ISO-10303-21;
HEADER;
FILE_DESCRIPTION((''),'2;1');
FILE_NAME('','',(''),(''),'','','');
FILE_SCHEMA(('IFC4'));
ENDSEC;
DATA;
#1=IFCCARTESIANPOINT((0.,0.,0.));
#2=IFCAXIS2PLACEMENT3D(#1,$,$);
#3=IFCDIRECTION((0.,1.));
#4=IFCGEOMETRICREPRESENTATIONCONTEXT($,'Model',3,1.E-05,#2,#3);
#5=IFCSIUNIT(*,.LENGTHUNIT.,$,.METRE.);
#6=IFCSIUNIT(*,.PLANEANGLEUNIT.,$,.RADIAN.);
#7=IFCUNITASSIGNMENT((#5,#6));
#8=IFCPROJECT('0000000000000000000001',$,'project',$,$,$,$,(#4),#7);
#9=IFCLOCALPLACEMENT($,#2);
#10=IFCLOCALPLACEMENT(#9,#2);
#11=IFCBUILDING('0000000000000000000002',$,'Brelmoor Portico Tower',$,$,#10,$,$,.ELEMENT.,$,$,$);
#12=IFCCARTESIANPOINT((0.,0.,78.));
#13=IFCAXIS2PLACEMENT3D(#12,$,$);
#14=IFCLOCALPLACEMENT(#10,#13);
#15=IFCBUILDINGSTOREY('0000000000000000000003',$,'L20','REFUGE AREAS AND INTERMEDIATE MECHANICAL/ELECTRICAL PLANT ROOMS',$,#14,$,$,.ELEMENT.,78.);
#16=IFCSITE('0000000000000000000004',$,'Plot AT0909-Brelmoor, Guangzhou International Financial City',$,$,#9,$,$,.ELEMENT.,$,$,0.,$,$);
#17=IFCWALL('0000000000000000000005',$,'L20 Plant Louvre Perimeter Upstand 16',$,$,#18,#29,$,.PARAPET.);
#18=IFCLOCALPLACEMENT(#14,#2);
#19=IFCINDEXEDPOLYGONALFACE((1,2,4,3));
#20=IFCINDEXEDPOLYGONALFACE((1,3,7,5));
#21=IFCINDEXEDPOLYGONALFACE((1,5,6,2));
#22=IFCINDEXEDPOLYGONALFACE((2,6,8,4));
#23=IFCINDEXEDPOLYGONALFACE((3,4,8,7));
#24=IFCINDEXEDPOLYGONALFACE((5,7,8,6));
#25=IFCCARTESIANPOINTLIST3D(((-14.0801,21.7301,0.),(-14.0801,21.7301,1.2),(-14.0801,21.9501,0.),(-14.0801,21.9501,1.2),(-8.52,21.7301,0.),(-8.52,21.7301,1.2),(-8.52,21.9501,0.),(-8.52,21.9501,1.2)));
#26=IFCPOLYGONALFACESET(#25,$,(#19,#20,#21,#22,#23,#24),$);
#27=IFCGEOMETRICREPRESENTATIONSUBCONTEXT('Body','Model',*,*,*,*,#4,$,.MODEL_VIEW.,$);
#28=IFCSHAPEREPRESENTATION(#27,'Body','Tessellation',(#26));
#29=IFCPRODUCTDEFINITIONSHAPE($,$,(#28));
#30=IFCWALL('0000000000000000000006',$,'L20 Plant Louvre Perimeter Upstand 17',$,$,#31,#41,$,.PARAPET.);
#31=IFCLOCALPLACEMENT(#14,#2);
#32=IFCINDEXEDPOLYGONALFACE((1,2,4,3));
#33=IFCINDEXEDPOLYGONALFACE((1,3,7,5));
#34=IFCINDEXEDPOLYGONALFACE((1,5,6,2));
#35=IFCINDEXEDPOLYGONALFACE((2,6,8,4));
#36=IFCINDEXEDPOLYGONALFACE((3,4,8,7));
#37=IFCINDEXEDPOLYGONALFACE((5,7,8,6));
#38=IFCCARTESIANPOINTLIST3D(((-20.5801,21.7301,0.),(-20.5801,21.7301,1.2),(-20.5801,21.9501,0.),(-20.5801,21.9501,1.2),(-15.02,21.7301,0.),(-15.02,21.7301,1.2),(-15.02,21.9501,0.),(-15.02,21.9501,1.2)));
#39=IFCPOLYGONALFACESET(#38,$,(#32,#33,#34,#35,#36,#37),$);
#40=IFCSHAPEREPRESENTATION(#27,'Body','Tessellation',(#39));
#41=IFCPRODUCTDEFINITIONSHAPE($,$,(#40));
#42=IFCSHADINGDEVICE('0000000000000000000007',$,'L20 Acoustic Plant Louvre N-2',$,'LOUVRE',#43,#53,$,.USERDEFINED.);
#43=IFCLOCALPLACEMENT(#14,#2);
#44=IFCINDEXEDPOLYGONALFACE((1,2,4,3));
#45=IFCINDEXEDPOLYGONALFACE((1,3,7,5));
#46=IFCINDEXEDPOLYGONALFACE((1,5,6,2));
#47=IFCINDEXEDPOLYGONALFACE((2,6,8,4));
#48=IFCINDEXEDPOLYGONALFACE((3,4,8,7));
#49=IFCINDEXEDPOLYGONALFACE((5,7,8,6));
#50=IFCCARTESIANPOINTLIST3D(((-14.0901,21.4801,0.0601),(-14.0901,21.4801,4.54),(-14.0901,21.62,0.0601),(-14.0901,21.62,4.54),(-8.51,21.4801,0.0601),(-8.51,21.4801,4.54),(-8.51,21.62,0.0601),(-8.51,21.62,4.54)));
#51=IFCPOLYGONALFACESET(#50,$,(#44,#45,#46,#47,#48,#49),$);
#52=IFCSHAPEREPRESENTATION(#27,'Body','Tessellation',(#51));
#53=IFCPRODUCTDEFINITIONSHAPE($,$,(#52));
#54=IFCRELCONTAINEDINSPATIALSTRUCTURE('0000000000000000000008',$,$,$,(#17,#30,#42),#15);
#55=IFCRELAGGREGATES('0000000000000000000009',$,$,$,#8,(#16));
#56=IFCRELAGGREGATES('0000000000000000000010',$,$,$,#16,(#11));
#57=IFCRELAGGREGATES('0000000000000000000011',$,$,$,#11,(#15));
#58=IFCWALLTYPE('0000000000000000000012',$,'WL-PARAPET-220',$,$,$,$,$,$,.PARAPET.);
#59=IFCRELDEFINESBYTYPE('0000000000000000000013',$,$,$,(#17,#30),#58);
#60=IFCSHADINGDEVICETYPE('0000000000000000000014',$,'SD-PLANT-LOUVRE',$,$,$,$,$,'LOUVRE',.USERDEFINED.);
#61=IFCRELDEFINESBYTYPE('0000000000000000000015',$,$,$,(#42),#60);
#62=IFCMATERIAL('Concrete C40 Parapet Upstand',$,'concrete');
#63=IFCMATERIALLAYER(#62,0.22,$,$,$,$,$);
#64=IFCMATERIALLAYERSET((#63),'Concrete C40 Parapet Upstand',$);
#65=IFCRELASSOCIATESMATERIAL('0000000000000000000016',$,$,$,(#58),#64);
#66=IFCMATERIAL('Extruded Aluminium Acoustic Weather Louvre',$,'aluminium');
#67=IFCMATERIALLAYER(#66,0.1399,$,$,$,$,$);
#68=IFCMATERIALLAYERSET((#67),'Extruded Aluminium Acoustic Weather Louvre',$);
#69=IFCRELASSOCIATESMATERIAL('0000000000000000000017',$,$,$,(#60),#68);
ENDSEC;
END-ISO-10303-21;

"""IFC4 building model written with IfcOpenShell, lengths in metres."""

from ifc_helpers import new_model, si_unit, direction, frame, frame_2d, origin, origin_2d, place, context, subcontext, project, spatial, rectangle, extrude, material, layer, layer_set, type_object, element, save


model = new_model("IFC4")

# Units and contexts
model_context = context("Model", 3, precision=1e-05, world=origin(), true_north=direction((0.0, 1.0)))
body_context = subcontext(model_context, "Body", "Model", "MODEL_VIEW")
ifc_project = project(units=[si_unit("LENGTHUNIT", "METRE"), si_unit("PLANEANGLEUNIT", "RADIAN")], contexts=[model_context])

# Site, building, storey
site_placement = place(None, origin())
site = spatial("IfcSite", under=ifc_project, at=site_placement, Name="Plot AT0909-Brelmoor, Guangzhou International Financial City", CompositionType="ELEMENT", RefElevation=0.0)
building_placement = place(site_placement, origin())
building = spatial("IfcBuilding", under=site, at=building_placement, Name="Brelmoor Portico Tower", CompositionType="ELEMENT")
storey_placement = place(building_placement, frame((0.0, 0.0, 78.0)))
storey = spatial("IfcBuildingStorey", under=building, at=storey_placement, Name="L20", Description="REFUGE AREAS AND INTERMEDIATE MECHANICAL/ELECTRICAL PLANT ROOMS", CompositionType="ELEMENT", Elevation=78.0)

# Walls
ifc_material_1 = material(Name="Concrete C40 Parapet Upstand", Category="concrete")
ifc_layer_1 = layer(ifc_material_1, 0.22)
ifc_layer_set_1 = layer_set([ifc_layer_1], Name="Concrete C40 Parapet Upstand")
wall_type_1 = type_object("IfcWallType", Name="WL-PARAPET-220", PredefinedType="PARAPET", material=ifc_layer_set_1)
for number, where, z_axis, x_axis, name in (
    (1, (-8.52, 21.8401, 0.0), (0.0, 0.0, 1.0), (-1.0, 0.0, 0.0), "L20 Plant Louvre Perimeter Upstand 16"),
    (2, (-15.02, 21.8401, 0.0), (0.0, 0.0, 1.0), (-1.0, 0.0, 0.0), "L20 Plant Louvre Perimeter Upstand 17"),
):
    element("IfcWall", number, at=place(storey_placement, frame(where, z_axis=z_axis, x_axis=x_axis)), inside=storey, type_object=wall_type_1, Name=name, PredefinedType="PARAPET", context=body_context, shape_type="SweptSolid", body=[
        extrude(rectangle(XDim=5.5601, YDim=0.22, at=frame_2d((2.78, 0.0))), origin(), (0.0, 0.0, 1.0), 1.2),
    ])

# Shading device
ifc_material_2 = material(Name="Extruded Aluminium Acoustic Weather Louvre", Category="aluminium")
ifc_layer_2 = layer(ifc_material_2, 0.1399)
ifc_layer_set_2 = layer_set([ifc_layer_2], Name="Extruded Aluminium Acoustic Weather Louvre")
shading_device_type = type_object("IfcShadingDeviceType", Name="SD-PLANT-LOUVRE", ElementType="LOUVRE", PredefinedType="USERDEFINED", material=ifc_layer_set_2)
shading_device_placement = place(storey_placement, frame((-11.3, 21.55, 0.0601), z_axis=(0.0, 0.0, 1.0), x_axis=(1.0, 0.0, 0.0)))
element("IfcShadingDevice", 3, at=shading_device_placement, inside=storey, type_object=shading_device_type, Name="L20 Acoustic Plant Louvre N-2", ObjectType="LOUVRE", PredefinedType="USERDEFINED", context=body_context, shape_type="SweptSolid", body=[
    extrude(rectangle(XDim=5.5801, YDim=0.1399, at=origin_2d()), origin(), (0.0, 0.0, 1.0), 4.48),
])

save(model, "model.ifc")
